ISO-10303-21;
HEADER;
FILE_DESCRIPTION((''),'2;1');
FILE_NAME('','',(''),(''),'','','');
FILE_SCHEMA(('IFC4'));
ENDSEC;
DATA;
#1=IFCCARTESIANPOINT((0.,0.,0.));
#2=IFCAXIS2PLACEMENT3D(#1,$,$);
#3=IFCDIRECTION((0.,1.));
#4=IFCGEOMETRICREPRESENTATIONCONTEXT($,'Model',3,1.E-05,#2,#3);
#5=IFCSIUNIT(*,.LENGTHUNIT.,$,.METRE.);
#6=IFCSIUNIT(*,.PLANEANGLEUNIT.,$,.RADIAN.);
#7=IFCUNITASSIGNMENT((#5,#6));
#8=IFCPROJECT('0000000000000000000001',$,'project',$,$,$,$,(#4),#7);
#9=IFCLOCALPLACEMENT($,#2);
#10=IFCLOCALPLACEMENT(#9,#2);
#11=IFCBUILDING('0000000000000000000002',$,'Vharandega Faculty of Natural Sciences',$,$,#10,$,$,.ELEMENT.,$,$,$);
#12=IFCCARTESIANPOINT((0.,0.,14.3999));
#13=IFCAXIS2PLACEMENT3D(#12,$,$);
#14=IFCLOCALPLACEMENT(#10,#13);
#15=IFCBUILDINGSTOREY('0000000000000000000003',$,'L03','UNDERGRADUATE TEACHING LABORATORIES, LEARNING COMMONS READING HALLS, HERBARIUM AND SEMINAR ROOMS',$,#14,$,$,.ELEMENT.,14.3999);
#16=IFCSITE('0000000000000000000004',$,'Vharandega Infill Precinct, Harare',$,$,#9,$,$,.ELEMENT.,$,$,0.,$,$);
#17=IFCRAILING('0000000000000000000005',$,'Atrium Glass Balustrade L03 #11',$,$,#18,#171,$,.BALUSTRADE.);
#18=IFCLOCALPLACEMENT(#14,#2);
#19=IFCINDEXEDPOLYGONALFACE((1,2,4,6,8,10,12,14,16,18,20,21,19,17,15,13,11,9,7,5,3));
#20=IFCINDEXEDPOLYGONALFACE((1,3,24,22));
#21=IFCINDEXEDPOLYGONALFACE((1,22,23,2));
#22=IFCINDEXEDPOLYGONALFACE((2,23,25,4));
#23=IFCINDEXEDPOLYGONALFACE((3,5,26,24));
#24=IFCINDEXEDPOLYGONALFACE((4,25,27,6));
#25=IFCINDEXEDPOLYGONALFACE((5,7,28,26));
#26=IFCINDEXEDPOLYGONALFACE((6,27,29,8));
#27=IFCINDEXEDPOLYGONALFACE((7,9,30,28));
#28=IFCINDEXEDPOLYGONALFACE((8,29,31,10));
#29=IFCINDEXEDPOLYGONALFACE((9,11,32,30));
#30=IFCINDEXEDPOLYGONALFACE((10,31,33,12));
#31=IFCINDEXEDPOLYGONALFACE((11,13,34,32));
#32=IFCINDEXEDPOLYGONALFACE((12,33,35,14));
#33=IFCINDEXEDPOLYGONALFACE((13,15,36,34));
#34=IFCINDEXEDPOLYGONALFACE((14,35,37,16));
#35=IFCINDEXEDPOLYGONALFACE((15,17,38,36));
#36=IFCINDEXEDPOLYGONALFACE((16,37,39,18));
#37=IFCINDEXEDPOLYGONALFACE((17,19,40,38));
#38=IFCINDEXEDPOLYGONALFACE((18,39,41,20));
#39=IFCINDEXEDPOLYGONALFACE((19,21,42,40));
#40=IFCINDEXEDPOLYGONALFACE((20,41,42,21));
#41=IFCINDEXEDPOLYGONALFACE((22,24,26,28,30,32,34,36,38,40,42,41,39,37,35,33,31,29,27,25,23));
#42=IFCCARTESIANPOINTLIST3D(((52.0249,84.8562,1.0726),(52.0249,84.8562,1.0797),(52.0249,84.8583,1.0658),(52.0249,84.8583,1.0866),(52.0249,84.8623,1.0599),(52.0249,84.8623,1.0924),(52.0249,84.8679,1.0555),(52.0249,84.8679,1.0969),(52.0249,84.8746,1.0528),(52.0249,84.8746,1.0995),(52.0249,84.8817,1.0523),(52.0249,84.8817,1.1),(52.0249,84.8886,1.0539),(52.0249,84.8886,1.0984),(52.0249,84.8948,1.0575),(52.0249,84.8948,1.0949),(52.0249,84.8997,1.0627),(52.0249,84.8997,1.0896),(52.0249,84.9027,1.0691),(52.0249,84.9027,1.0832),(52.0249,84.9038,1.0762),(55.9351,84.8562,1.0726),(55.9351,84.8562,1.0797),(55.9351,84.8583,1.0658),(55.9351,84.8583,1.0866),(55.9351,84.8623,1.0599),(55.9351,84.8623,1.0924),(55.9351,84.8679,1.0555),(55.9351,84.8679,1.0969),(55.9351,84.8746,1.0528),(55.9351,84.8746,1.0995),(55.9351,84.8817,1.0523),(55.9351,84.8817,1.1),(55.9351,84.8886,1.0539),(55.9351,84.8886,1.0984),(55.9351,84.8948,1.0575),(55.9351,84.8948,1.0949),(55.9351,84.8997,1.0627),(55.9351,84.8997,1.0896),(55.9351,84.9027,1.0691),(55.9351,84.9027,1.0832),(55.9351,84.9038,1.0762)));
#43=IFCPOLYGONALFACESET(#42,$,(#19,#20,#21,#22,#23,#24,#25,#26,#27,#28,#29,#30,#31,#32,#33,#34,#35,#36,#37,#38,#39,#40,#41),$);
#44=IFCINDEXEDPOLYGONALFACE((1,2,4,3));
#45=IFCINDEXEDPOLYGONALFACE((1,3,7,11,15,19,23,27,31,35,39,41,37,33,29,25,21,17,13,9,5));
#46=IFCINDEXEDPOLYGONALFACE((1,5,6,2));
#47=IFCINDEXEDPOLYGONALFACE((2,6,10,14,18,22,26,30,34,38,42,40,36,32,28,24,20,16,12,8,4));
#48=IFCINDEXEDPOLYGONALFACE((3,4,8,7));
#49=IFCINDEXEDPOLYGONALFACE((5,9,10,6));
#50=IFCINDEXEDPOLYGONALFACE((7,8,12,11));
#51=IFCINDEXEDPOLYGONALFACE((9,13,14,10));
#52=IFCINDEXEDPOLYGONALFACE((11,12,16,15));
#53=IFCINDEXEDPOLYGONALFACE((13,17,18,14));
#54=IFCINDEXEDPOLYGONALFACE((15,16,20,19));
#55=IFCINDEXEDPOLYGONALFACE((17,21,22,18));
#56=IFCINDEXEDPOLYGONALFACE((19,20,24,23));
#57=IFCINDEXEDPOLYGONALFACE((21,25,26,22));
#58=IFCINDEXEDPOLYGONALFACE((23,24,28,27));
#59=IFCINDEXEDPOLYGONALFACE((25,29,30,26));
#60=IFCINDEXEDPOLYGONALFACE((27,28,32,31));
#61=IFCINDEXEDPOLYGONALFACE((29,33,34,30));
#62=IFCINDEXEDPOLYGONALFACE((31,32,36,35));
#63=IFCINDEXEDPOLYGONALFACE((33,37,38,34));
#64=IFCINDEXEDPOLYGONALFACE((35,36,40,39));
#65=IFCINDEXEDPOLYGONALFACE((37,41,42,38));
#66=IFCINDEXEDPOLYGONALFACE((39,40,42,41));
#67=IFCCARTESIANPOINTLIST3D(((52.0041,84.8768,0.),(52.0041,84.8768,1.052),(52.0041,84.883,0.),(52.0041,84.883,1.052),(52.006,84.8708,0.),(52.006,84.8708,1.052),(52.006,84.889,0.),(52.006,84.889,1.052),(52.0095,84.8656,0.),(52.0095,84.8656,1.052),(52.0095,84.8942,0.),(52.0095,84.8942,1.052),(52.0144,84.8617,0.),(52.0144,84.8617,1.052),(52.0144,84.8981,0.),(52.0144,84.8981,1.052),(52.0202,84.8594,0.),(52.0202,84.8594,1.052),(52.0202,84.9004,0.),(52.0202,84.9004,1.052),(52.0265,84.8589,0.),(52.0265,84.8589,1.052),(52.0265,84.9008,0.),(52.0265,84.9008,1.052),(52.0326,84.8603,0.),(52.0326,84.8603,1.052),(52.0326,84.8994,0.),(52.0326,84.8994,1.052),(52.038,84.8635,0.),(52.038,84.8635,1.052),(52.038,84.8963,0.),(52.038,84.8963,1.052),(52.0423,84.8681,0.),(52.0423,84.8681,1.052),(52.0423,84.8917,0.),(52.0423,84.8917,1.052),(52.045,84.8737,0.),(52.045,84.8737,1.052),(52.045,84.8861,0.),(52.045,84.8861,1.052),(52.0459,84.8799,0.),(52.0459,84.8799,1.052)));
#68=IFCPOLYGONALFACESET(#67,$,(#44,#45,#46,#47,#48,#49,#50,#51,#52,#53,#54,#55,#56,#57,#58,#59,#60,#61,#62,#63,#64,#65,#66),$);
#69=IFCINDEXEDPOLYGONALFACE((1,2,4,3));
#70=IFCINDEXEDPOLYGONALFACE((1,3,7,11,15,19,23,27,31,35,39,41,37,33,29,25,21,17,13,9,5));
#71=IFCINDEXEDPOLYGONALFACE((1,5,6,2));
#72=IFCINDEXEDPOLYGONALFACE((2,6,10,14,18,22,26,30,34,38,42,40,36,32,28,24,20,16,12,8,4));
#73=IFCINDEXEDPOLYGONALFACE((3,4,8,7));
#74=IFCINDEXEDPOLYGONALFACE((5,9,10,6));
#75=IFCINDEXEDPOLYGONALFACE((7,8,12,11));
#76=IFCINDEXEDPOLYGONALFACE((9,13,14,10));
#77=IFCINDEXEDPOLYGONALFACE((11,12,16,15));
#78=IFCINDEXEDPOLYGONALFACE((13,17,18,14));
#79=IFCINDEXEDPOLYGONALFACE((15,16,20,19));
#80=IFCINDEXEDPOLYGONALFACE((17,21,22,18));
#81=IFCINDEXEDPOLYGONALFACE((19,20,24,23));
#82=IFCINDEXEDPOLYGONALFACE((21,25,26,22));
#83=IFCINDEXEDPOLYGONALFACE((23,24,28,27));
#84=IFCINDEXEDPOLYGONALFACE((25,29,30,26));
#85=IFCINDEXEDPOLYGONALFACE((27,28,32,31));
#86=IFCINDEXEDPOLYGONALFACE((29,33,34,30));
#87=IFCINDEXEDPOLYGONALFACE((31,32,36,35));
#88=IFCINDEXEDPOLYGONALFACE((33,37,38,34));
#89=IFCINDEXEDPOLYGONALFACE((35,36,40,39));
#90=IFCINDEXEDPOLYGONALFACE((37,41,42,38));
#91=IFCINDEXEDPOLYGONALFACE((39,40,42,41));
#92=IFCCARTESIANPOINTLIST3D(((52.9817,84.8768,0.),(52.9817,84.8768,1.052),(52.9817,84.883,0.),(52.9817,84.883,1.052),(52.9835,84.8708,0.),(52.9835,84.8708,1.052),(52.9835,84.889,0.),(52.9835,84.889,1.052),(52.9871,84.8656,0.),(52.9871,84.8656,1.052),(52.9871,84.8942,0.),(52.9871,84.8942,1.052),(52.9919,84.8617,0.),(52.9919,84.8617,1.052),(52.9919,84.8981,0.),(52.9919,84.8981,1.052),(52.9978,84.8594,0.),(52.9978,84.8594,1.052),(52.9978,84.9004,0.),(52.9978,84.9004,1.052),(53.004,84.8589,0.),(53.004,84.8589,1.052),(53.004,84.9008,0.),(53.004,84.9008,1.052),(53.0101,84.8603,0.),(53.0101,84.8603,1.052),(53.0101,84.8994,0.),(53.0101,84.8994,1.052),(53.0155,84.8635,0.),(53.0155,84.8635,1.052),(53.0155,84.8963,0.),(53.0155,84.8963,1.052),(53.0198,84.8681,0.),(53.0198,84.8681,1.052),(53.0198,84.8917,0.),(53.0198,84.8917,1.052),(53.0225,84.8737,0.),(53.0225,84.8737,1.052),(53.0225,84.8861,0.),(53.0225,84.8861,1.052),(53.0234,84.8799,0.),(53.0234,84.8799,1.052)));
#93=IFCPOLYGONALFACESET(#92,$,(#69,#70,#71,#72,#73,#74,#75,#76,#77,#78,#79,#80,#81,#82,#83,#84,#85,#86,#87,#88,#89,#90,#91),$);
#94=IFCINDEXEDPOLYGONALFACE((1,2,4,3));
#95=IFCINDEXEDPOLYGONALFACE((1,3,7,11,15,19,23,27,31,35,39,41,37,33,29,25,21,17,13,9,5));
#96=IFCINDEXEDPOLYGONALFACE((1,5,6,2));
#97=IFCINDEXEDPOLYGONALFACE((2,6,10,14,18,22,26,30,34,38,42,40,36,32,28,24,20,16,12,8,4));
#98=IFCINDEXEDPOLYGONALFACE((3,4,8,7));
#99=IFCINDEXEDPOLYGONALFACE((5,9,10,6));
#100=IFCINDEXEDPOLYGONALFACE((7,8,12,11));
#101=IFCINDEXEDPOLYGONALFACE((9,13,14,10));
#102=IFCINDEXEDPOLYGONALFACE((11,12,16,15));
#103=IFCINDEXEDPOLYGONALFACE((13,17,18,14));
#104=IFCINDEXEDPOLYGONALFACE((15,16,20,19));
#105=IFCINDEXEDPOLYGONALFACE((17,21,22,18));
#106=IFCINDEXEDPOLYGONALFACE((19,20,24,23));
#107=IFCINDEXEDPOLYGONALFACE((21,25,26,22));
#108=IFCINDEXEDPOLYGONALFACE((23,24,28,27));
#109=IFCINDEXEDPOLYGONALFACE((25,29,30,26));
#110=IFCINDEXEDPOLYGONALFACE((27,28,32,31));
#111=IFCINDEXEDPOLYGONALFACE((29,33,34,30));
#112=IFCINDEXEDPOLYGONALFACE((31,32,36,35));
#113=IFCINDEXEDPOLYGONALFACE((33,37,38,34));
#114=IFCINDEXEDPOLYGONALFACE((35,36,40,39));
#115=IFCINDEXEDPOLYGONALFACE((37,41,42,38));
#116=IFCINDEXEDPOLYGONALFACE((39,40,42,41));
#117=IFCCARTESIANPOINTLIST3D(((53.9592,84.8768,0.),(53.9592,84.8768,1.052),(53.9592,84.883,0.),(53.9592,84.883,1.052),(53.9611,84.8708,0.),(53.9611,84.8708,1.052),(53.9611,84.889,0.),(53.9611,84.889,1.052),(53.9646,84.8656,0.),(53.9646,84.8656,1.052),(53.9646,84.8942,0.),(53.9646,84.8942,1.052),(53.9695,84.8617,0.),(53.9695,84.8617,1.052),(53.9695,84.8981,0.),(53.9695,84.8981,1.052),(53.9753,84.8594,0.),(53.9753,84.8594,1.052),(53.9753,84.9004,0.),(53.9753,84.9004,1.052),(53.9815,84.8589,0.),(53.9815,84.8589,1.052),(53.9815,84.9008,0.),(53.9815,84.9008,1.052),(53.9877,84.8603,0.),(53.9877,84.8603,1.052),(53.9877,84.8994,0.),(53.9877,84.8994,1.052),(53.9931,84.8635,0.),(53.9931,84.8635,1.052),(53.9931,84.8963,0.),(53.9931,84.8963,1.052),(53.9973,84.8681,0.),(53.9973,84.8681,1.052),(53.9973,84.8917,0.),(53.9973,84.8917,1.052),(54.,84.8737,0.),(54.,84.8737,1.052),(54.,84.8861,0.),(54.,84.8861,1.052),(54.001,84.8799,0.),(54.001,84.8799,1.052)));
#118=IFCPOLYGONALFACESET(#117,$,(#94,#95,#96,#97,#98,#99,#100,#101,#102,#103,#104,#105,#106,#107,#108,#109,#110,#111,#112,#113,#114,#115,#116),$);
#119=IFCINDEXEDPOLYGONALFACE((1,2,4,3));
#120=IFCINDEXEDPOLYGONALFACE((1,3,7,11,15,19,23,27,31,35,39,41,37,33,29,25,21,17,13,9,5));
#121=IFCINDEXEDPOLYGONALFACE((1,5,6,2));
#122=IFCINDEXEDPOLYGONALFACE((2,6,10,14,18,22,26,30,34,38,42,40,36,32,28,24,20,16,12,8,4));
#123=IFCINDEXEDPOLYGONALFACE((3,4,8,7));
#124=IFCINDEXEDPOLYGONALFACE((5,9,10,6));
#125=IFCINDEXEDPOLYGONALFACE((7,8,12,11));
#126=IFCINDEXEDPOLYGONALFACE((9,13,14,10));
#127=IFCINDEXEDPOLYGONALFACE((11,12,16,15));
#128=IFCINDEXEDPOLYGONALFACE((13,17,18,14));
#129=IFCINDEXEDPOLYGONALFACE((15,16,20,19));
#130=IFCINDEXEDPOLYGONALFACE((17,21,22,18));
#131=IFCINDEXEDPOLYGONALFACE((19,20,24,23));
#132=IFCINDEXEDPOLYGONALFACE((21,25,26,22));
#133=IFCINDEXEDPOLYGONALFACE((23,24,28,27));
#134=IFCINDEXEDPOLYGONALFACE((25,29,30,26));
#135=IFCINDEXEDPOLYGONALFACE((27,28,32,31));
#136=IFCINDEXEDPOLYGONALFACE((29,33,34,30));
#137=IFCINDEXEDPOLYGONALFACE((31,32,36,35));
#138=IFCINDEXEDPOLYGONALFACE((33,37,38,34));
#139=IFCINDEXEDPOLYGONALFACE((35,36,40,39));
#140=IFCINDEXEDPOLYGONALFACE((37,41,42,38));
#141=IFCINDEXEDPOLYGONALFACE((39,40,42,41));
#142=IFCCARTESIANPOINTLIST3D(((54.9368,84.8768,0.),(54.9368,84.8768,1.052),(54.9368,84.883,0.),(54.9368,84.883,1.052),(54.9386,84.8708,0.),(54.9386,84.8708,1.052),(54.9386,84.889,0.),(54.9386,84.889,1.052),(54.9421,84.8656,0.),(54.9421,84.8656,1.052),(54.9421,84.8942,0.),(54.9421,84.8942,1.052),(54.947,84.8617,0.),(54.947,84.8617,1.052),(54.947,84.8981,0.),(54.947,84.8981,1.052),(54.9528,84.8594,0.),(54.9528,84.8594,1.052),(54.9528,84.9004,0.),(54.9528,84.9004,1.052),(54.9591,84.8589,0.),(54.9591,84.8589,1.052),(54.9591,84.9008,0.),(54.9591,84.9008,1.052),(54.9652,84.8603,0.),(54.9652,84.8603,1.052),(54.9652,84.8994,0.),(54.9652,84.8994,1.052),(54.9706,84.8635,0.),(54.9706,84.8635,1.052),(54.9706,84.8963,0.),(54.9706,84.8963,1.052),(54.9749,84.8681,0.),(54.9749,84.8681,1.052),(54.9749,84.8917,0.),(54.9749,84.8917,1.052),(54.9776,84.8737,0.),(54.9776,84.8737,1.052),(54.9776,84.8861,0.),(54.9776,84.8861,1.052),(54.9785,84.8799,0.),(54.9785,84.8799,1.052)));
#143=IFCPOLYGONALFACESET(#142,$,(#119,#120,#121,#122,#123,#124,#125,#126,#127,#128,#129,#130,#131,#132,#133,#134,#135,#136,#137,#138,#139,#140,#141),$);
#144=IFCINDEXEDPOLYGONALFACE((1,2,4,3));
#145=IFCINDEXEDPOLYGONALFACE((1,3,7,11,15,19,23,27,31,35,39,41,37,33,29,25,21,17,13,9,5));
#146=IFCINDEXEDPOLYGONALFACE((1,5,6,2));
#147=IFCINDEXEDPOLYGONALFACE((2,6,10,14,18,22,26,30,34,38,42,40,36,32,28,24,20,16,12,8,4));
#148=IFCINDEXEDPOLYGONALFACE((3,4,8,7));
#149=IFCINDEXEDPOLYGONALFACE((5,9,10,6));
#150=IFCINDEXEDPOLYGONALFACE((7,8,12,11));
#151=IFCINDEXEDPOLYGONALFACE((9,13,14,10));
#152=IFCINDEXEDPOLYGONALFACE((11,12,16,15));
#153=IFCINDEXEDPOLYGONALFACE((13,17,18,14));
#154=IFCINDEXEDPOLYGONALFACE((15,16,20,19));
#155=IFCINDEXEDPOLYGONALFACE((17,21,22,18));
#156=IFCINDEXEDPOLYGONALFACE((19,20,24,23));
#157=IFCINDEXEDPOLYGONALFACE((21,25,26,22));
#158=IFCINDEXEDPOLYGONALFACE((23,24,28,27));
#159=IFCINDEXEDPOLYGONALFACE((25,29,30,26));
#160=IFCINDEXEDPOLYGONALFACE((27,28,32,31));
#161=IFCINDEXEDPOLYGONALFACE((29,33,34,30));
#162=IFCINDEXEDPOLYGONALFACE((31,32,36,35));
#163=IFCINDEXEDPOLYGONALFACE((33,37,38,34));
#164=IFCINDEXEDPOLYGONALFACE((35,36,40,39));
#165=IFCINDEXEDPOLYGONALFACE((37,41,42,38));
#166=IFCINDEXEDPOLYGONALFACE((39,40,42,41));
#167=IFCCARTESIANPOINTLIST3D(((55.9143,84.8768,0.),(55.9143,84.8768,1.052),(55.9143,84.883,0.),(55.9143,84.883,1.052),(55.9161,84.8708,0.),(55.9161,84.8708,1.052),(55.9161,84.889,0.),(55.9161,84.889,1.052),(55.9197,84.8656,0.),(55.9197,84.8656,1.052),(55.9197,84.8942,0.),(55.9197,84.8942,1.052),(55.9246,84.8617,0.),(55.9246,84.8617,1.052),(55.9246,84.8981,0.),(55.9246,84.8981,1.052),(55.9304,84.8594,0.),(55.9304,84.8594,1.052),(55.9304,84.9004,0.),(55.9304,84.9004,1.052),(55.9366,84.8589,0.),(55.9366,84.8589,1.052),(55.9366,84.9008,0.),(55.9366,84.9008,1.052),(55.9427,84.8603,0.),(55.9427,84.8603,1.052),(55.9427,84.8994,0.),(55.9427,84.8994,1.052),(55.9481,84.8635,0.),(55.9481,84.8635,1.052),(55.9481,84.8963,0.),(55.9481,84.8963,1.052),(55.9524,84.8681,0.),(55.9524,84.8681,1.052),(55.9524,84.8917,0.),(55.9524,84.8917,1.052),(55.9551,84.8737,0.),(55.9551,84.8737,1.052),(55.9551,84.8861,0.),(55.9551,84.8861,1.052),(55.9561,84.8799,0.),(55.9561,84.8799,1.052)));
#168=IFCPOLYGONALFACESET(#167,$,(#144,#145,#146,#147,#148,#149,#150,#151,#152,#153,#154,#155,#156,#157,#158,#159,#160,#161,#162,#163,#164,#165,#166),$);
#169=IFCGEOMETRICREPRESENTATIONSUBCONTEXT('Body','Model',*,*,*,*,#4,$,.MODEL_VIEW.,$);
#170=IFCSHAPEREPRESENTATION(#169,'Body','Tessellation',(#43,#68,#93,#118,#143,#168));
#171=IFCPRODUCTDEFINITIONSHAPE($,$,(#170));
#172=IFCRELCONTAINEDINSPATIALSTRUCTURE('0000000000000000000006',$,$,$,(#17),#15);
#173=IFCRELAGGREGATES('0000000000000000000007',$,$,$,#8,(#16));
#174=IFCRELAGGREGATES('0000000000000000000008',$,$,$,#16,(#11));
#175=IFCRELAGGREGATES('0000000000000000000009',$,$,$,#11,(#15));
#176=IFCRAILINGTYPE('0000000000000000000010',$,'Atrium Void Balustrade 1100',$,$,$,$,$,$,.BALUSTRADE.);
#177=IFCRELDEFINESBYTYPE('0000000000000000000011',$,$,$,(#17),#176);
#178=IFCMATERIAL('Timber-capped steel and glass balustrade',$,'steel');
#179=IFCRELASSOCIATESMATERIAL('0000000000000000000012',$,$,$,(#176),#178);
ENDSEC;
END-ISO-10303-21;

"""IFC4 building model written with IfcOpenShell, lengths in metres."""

from ifc_helpers import new_model, si_unit, direction, frame, origin, origin_2d, place, context, subcontext, project, spatial, circle, extrude, material, type_object, element, save


model = new_model("IFC4")

# Units and contexts
model_context = context("Model", 3, precision=1e-05, world=origin(), true_north=direction((0.0, 1.0)))
body_context = subcontext(model_context, "Body", "Model", "MODEL_VIEW")
ifc_project = project(units=[si_unit("LENGTHUNIT", "METRE"), si_unit("PLANEANGLEUNIT", "RADIAN")], contexts=[model_context])

# Site, building, storey
site_placement = place(None, origin())
site = spatial("IfcSite", under=ifc_project, at=site_placement, Name="Vharandega Infill Precinct, Harare", CompositionType="ELEMENT", RefElevation=0.0)
building_placement = place(site_placement, origin())
building = spatial("IfcBuilding", under=site, at=building_placement, Name="Vharandega Faculty of Natural Sciences", CompositionType="ELEMENT")
storey_placement = place(building_placement, frame((0.0, 0.0, 14.3999)))
storey = spatial("IfcBuildingStorey", under=building, at=storey_placement, Name="L03", Description="UNDERGRADUATE TEACHING LABORATORIES, LEARNING COMMONS READING HALLS, HERBARIUM AND SEMINAR ROOMS", CompositionType="ELEMENT", Elevation=14.3999)

# Railing
ifc_material_1 = material(Name="Timber-capped steel and glass balustrade", Category="steel")
railing_type = type_object("IfcRailingType", Name="Atrium Void Balustrade 1100", PredefinedType="BALUSTRADE", material=ifc_material_1)
for number, where, name in (
    (1, (52.0249, 84.8799, 0.0), "Atrium Glass Balustrade L03 #11"),
):
    element("IfcRailing", number, at=place(storey_placement, frame(where)), inside=storey, type_object=railing_type, Name=name, PredefinedType="BALUSTRADE", context=body_context, shape_type="SweptSolid", body=[
        extrude(circle(Radius=0.0239, at=origin_2d()), frame((0.0, 0.0, 1.0762), z_axis=(1.0, 0.0, 0.0), x_axis=(0.0, 1.0, 0.0)), (0.0, 0.0, 1.0), 3.9102),
        extrude(circle(Radius=0.021, at=origin_2d()), origin(), (0.0, 0.0, 1.0), 1.052),
        extrude(circle(Radius=0.021, at=origin_2d()), frame((0.9775, 0.0, 0.0)), (0.0, 0.0, 1.0), 1.052),
        extrude(circle(Radius=0.021, at=origin_2d()), frame((1.9551, 0.0, 0.0)), (0.0, 0.0, 1.0), 1.052),
        extrude(circle(Radius=0.021, at=origin_2d()), frame((2.9326, 0.0, 0.0)), (0.0, 0.0, 1.0), 1.052),
        extrude(circle(Radius=0.021, at=origin_2d()), frame((3.9102, 0.0, 0.0)), (0.0, 0.0, 1.0), 1.052),
    ])

save(model, "model.ifc")
